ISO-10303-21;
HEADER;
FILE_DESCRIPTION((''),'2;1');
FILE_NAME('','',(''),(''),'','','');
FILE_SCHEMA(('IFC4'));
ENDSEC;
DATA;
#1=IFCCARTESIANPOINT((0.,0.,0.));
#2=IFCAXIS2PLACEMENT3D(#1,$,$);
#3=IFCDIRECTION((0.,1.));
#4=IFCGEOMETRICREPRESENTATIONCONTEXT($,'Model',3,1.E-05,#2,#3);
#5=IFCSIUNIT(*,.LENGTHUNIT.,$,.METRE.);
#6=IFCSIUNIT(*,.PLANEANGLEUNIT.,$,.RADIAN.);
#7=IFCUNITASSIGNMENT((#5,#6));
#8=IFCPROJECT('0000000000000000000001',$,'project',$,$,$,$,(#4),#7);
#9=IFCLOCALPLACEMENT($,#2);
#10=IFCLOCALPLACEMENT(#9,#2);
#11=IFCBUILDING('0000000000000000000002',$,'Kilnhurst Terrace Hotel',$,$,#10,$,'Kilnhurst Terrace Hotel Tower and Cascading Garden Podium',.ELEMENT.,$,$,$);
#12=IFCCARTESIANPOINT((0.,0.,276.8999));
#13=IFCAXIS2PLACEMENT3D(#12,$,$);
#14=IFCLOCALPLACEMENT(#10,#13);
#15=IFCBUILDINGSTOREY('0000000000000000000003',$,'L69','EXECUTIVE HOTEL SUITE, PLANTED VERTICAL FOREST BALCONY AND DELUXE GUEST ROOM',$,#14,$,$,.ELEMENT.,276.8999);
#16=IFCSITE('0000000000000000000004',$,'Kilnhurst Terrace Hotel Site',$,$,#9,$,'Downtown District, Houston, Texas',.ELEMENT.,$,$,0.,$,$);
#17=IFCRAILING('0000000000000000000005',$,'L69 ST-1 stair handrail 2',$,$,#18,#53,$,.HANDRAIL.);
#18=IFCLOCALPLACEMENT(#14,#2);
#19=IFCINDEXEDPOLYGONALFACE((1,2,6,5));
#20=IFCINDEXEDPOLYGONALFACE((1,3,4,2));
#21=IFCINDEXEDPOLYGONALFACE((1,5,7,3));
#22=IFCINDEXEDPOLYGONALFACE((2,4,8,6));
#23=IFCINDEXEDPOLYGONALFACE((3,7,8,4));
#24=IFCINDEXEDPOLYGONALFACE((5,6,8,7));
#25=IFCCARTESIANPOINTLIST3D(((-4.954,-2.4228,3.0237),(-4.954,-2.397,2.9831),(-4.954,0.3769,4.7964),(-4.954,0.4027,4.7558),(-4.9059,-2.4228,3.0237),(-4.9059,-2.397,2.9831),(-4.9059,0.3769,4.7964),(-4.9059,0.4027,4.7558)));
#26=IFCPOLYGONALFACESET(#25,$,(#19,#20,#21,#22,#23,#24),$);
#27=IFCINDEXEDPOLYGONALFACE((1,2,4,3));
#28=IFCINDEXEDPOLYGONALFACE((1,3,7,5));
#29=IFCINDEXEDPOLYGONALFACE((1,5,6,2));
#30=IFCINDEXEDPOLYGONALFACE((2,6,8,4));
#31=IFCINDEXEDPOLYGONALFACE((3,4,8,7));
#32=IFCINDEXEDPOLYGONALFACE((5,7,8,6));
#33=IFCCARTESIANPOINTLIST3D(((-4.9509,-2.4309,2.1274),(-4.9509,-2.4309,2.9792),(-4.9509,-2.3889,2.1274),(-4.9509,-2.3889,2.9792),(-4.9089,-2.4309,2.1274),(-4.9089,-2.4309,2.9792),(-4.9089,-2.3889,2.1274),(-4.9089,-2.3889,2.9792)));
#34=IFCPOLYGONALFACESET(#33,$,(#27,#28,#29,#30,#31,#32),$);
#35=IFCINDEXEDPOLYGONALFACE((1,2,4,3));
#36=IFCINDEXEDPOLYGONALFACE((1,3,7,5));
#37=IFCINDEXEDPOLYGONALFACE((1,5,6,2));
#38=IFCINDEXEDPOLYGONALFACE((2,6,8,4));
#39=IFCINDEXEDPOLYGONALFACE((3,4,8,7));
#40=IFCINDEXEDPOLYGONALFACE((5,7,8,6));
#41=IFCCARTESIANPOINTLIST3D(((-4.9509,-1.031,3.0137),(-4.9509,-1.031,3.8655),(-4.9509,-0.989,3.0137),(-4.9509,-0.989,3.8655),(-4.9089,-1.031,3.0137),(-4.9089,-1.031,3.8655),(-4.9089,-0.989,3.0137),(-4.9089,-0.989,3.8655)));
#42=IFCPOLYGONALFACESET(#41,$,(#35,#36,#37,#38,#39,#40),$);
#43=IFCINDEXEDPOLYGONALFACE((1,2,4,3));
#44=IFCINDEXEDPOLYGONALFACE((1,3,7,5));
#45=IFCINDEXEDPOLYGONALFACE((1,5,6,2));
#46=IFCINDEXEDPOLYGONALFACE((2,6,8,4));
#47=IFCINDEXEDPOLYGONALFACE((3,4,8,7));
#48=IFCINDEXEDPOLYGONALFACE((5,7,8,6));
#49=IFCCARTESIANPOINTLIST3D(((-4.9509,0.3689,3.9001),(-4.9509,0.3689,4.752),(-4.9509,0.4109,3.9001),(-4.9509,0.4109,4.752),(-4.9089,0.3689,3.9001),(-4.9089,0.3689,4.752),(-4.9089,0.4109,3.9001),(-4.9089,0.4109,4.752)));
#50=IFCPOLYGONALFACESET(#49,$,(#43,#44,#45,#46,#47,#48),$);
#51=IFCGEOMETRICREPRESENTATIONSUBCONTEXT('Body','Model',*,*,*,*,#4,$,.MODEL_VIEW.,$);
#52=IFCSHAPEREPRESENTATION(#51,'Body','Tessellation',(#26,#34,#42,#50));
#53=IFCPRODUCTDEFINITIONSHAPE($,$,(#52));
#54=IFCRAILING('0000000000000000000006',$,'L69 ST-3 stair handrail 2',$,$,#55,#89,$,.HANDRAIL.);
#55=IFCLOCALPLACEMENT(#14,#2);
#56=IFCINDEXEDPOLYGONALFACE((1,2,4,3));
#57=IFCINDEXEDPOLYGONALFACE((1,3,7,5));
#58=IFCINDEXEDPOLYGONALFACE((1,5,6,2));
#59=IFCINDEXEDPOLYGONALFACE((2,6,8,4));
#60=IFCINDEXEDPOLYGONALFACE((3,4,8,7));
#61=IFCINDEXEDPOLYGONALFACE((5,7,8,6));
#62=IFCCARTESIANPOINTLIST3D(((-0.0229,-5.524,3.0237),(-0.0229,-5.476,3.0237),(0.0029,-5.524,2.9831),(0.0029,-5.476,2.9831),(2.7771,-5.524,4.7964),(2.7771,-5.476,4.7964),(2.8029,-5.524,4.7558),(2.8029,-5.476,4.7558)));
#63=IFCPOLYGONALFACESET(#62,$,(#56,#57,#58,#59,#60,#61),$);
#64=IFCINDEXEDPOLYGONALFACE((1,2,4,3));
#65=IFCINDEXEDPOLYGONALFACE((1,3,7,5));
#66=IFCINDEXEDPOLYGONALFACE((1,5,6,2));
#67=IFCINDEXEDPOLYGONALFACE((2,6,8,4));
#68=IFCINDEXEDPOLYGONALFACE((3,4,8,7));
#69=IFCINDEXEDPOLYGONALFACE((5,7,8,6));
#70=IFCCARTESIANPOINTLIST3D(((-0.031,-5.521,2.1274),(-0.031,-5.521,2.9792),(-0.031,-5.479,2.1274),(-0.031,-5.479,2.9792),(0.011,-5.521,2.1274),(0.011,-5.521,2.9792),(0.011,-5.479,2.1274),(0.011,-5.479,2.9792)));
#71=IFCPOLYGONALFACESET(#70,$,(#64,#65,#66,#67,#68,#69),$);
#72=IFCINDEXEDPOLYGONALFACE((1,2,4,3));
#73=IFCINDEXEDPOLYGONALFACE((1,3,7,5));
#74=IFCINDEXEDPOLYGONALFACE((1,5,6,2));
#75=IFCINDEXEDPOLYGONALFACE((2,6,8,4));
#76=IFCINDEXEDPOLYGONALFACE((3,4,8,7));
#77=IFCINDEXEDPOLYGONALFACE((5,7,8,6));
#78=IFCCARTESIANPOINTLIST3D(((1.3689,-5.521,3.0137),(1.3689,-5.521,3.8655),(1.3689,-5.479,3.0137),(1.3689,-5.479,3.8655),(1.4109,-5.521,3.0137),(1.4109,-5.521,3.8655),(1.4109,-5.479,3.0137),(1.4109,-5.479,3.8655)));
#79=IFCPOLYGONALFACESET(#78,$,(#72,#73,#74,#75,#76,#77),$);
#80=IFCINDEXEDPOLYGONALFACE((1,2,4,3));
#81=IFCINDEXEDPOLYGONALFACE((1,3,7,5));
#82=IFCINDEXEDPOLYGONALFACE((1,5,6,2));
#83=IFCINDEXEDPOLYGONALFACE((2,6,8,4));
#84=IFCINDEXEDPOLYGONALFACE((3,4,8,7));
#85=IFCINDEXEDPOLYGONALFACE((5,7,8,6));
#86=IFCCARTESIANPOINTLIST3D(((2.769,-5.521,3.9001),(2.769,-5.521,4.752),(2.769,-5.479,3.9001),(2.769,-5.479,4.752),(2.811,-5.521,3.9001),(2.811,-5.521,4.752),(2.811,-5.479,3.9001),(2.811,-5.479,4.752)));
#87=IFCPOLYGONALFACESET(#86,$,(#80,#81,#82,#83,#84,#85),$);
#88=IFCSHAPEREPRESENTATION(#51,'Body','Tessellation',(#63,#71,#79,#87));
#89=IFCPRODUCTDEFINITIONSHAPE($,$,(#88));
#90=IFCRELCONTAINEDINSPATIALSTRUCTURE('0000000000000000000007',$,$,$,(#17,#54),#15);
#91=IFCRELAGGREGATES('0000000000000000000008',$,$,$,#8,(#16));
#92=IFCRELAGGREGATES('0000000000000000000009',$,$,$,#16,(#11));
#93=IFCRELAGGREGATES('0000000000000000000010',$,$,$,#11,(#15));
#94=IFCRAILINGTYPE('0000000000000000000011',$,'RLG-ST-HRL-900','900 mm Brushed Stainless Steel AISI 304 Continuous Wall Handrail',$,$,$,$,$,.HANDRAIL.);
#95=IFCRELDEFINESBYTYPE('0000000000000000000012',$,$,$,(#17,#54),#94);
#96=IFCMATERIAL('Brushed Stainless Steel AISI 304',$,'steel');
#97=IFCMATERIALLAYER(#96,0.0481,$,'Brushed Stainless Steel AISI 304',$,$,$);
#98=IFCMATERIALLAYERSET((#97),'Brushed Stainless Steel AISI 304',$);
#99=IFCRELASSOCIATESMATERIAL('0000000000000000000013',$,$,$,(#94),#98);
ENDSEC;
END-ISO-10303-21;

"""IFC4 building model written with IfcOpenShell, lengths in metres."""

from ifc_helpers import new_model, si_unit, direction, frame, origin, origin_2d, place, context, subcontext, project, spatial, rectangle, extrude, material, layer, layer_set, type_object, element, save


model = new_model("IFC4")

# Units and contexts
model_context = context("Model", 3, precision=1e-05, world=origin(), true_north=direction((0.0, 1.0)))
body_context = subcontext(model_context, "Body", "Model", "MODEL_VIEW")
ifc_project = project(units=[si_unit("LENGTHUNIT", "METRE"), si_unit("PLANEANGLEUNIT", "RADIAN")], contexts=[model_context])

# Site, building, storey
site_placement = place(None, origin())
site = spatial("IfcSite", under=ifc_project, at=site_placement, Name="Kilnhurst Terrace Hotel Site", LongName="Downtown District, Houston, Texas", CompositionType="ELEMENT", RefElevation=0.0)
building_placement = place(site_placement, origin())
building = spatial("IfcBuilding", under=site, at=building_placement, Name="Kilnhurst Terrace Hotel", LongName="Kilnhurst Terrace Hotel Tower and Cascading Garden Podium", CompositionType="ELEMENT")
storey_placement = place(building_placement, frame((0.0, 0.0, 276.8999)))
storey = spatial("IfcBuildingStorey", under=building, at=storey_placement, Name="L69", Description="EXECUTIVE HOTEL SUITE, PLANTED VERTICAL FOREST BALCONY AND DELUXE GUEST ROOM", CompositionType="ELEMENT", Elevation=276.8999)

# Railings
ifc_material_1 = material(Name="Brushed Stainless Steel AISI 304", Category="steel")
ifc_layer_1 = layer(ifc_material_1, 0.0481, Name="Brushed Stainless Steel AISI 304")
ifc_layer_set_1 = layer_set([ifc_layer_1], Name="Brushed Stainless Steel AISI 304")
railing_type_1 = type_object("IfcRailingType", Name="RLG-ST-HRL-900", Description="900 mm Brushed Stainless Steel AISI 304 Continuous Wall Handrail", PredefinedType="HANDRAIL", material=ifc_layer_set_1)
railing_1_placement = place(storey_placement, frame((-4.9299, -2.4099, 2.1274)))
element("IfcRailing", 1, at=railing_1_placement, inside=storey, type_object=railing_type_1, Name="L69 ST-1 stair handrail 2", PredefinedType="HANDRAIL", context=body_context, shape_type="SweptSolid", body=[
    extrude(rectangle(XDim=0.0481, YDim=0.0481, at=origin_2d()), frame((0.0, 0.0, 0.876), z_axis=(0.0, 0.844888, 0.534943), x_axis=(-1.0, 0.0, 0.0)), (0.0, 0.0, 1.0), 3.3137),
    extrude(rectangle(XDim=0.042, YDim=0.042, at=origin_2d()), origin(), (0.0, 0.0, 1.0), 0.8518),
    extrude(rectangle(XDim=0.042, YDim=0.042, at=origin_2d()), frame((0.0, 1.3999, 0.8862)), (0.0, 0.0, 1.0), 0.8518),
    extrude(rectangle(XDim=0.042, YDim=0.042, at=origin_2d()), frame((0.0, 2.7998, 1.7727)), (0.0, 0.0, 1.0), 0.8518),
])
railing_2_placement = place(storey_placement, frame((-0.01, -5.5, 2.1274)))
element("IfcRailing", 2, at=railing_2_placement, inside=storey, type_object=railing_type_1, Name="L69 ST-3 stair handrail 2", PredefinedType="HANDRAIL", context=body_context, shape_type="SweptSolid", body=[
    extrude(rectangle(XDim=0.0481, YDim=0.0481, at=origin_2d()), frame((0.0, 0.0, 0.876), z_axis=(0.844909, 0.0, 0.53491), x_axis=(0.0, 1.0, 0.0)), (0.0, 0.0, 1.0), 3.314),
    extrude(rectangle(XDim=0.042, YDim=0.042, at=origin_2d()), origin(), (0.0, 0.0, 1.0), 0.8518),
    extrude(rectangle(XDim=0.042, YDim=0.042, at=origin_2d()), frame((1.3999, 0.0, 0.8862)), (0.0, 0.0, 1.0), 0.8518),
    extrude(rectangle(XDim=0.042, YDim=0.042, at=origin_2d()), frame((2.8, 0.0, 1.7727)), (0.0, 0.0, 1.0), 0.8518),
])

save(model, "model.ifc")
